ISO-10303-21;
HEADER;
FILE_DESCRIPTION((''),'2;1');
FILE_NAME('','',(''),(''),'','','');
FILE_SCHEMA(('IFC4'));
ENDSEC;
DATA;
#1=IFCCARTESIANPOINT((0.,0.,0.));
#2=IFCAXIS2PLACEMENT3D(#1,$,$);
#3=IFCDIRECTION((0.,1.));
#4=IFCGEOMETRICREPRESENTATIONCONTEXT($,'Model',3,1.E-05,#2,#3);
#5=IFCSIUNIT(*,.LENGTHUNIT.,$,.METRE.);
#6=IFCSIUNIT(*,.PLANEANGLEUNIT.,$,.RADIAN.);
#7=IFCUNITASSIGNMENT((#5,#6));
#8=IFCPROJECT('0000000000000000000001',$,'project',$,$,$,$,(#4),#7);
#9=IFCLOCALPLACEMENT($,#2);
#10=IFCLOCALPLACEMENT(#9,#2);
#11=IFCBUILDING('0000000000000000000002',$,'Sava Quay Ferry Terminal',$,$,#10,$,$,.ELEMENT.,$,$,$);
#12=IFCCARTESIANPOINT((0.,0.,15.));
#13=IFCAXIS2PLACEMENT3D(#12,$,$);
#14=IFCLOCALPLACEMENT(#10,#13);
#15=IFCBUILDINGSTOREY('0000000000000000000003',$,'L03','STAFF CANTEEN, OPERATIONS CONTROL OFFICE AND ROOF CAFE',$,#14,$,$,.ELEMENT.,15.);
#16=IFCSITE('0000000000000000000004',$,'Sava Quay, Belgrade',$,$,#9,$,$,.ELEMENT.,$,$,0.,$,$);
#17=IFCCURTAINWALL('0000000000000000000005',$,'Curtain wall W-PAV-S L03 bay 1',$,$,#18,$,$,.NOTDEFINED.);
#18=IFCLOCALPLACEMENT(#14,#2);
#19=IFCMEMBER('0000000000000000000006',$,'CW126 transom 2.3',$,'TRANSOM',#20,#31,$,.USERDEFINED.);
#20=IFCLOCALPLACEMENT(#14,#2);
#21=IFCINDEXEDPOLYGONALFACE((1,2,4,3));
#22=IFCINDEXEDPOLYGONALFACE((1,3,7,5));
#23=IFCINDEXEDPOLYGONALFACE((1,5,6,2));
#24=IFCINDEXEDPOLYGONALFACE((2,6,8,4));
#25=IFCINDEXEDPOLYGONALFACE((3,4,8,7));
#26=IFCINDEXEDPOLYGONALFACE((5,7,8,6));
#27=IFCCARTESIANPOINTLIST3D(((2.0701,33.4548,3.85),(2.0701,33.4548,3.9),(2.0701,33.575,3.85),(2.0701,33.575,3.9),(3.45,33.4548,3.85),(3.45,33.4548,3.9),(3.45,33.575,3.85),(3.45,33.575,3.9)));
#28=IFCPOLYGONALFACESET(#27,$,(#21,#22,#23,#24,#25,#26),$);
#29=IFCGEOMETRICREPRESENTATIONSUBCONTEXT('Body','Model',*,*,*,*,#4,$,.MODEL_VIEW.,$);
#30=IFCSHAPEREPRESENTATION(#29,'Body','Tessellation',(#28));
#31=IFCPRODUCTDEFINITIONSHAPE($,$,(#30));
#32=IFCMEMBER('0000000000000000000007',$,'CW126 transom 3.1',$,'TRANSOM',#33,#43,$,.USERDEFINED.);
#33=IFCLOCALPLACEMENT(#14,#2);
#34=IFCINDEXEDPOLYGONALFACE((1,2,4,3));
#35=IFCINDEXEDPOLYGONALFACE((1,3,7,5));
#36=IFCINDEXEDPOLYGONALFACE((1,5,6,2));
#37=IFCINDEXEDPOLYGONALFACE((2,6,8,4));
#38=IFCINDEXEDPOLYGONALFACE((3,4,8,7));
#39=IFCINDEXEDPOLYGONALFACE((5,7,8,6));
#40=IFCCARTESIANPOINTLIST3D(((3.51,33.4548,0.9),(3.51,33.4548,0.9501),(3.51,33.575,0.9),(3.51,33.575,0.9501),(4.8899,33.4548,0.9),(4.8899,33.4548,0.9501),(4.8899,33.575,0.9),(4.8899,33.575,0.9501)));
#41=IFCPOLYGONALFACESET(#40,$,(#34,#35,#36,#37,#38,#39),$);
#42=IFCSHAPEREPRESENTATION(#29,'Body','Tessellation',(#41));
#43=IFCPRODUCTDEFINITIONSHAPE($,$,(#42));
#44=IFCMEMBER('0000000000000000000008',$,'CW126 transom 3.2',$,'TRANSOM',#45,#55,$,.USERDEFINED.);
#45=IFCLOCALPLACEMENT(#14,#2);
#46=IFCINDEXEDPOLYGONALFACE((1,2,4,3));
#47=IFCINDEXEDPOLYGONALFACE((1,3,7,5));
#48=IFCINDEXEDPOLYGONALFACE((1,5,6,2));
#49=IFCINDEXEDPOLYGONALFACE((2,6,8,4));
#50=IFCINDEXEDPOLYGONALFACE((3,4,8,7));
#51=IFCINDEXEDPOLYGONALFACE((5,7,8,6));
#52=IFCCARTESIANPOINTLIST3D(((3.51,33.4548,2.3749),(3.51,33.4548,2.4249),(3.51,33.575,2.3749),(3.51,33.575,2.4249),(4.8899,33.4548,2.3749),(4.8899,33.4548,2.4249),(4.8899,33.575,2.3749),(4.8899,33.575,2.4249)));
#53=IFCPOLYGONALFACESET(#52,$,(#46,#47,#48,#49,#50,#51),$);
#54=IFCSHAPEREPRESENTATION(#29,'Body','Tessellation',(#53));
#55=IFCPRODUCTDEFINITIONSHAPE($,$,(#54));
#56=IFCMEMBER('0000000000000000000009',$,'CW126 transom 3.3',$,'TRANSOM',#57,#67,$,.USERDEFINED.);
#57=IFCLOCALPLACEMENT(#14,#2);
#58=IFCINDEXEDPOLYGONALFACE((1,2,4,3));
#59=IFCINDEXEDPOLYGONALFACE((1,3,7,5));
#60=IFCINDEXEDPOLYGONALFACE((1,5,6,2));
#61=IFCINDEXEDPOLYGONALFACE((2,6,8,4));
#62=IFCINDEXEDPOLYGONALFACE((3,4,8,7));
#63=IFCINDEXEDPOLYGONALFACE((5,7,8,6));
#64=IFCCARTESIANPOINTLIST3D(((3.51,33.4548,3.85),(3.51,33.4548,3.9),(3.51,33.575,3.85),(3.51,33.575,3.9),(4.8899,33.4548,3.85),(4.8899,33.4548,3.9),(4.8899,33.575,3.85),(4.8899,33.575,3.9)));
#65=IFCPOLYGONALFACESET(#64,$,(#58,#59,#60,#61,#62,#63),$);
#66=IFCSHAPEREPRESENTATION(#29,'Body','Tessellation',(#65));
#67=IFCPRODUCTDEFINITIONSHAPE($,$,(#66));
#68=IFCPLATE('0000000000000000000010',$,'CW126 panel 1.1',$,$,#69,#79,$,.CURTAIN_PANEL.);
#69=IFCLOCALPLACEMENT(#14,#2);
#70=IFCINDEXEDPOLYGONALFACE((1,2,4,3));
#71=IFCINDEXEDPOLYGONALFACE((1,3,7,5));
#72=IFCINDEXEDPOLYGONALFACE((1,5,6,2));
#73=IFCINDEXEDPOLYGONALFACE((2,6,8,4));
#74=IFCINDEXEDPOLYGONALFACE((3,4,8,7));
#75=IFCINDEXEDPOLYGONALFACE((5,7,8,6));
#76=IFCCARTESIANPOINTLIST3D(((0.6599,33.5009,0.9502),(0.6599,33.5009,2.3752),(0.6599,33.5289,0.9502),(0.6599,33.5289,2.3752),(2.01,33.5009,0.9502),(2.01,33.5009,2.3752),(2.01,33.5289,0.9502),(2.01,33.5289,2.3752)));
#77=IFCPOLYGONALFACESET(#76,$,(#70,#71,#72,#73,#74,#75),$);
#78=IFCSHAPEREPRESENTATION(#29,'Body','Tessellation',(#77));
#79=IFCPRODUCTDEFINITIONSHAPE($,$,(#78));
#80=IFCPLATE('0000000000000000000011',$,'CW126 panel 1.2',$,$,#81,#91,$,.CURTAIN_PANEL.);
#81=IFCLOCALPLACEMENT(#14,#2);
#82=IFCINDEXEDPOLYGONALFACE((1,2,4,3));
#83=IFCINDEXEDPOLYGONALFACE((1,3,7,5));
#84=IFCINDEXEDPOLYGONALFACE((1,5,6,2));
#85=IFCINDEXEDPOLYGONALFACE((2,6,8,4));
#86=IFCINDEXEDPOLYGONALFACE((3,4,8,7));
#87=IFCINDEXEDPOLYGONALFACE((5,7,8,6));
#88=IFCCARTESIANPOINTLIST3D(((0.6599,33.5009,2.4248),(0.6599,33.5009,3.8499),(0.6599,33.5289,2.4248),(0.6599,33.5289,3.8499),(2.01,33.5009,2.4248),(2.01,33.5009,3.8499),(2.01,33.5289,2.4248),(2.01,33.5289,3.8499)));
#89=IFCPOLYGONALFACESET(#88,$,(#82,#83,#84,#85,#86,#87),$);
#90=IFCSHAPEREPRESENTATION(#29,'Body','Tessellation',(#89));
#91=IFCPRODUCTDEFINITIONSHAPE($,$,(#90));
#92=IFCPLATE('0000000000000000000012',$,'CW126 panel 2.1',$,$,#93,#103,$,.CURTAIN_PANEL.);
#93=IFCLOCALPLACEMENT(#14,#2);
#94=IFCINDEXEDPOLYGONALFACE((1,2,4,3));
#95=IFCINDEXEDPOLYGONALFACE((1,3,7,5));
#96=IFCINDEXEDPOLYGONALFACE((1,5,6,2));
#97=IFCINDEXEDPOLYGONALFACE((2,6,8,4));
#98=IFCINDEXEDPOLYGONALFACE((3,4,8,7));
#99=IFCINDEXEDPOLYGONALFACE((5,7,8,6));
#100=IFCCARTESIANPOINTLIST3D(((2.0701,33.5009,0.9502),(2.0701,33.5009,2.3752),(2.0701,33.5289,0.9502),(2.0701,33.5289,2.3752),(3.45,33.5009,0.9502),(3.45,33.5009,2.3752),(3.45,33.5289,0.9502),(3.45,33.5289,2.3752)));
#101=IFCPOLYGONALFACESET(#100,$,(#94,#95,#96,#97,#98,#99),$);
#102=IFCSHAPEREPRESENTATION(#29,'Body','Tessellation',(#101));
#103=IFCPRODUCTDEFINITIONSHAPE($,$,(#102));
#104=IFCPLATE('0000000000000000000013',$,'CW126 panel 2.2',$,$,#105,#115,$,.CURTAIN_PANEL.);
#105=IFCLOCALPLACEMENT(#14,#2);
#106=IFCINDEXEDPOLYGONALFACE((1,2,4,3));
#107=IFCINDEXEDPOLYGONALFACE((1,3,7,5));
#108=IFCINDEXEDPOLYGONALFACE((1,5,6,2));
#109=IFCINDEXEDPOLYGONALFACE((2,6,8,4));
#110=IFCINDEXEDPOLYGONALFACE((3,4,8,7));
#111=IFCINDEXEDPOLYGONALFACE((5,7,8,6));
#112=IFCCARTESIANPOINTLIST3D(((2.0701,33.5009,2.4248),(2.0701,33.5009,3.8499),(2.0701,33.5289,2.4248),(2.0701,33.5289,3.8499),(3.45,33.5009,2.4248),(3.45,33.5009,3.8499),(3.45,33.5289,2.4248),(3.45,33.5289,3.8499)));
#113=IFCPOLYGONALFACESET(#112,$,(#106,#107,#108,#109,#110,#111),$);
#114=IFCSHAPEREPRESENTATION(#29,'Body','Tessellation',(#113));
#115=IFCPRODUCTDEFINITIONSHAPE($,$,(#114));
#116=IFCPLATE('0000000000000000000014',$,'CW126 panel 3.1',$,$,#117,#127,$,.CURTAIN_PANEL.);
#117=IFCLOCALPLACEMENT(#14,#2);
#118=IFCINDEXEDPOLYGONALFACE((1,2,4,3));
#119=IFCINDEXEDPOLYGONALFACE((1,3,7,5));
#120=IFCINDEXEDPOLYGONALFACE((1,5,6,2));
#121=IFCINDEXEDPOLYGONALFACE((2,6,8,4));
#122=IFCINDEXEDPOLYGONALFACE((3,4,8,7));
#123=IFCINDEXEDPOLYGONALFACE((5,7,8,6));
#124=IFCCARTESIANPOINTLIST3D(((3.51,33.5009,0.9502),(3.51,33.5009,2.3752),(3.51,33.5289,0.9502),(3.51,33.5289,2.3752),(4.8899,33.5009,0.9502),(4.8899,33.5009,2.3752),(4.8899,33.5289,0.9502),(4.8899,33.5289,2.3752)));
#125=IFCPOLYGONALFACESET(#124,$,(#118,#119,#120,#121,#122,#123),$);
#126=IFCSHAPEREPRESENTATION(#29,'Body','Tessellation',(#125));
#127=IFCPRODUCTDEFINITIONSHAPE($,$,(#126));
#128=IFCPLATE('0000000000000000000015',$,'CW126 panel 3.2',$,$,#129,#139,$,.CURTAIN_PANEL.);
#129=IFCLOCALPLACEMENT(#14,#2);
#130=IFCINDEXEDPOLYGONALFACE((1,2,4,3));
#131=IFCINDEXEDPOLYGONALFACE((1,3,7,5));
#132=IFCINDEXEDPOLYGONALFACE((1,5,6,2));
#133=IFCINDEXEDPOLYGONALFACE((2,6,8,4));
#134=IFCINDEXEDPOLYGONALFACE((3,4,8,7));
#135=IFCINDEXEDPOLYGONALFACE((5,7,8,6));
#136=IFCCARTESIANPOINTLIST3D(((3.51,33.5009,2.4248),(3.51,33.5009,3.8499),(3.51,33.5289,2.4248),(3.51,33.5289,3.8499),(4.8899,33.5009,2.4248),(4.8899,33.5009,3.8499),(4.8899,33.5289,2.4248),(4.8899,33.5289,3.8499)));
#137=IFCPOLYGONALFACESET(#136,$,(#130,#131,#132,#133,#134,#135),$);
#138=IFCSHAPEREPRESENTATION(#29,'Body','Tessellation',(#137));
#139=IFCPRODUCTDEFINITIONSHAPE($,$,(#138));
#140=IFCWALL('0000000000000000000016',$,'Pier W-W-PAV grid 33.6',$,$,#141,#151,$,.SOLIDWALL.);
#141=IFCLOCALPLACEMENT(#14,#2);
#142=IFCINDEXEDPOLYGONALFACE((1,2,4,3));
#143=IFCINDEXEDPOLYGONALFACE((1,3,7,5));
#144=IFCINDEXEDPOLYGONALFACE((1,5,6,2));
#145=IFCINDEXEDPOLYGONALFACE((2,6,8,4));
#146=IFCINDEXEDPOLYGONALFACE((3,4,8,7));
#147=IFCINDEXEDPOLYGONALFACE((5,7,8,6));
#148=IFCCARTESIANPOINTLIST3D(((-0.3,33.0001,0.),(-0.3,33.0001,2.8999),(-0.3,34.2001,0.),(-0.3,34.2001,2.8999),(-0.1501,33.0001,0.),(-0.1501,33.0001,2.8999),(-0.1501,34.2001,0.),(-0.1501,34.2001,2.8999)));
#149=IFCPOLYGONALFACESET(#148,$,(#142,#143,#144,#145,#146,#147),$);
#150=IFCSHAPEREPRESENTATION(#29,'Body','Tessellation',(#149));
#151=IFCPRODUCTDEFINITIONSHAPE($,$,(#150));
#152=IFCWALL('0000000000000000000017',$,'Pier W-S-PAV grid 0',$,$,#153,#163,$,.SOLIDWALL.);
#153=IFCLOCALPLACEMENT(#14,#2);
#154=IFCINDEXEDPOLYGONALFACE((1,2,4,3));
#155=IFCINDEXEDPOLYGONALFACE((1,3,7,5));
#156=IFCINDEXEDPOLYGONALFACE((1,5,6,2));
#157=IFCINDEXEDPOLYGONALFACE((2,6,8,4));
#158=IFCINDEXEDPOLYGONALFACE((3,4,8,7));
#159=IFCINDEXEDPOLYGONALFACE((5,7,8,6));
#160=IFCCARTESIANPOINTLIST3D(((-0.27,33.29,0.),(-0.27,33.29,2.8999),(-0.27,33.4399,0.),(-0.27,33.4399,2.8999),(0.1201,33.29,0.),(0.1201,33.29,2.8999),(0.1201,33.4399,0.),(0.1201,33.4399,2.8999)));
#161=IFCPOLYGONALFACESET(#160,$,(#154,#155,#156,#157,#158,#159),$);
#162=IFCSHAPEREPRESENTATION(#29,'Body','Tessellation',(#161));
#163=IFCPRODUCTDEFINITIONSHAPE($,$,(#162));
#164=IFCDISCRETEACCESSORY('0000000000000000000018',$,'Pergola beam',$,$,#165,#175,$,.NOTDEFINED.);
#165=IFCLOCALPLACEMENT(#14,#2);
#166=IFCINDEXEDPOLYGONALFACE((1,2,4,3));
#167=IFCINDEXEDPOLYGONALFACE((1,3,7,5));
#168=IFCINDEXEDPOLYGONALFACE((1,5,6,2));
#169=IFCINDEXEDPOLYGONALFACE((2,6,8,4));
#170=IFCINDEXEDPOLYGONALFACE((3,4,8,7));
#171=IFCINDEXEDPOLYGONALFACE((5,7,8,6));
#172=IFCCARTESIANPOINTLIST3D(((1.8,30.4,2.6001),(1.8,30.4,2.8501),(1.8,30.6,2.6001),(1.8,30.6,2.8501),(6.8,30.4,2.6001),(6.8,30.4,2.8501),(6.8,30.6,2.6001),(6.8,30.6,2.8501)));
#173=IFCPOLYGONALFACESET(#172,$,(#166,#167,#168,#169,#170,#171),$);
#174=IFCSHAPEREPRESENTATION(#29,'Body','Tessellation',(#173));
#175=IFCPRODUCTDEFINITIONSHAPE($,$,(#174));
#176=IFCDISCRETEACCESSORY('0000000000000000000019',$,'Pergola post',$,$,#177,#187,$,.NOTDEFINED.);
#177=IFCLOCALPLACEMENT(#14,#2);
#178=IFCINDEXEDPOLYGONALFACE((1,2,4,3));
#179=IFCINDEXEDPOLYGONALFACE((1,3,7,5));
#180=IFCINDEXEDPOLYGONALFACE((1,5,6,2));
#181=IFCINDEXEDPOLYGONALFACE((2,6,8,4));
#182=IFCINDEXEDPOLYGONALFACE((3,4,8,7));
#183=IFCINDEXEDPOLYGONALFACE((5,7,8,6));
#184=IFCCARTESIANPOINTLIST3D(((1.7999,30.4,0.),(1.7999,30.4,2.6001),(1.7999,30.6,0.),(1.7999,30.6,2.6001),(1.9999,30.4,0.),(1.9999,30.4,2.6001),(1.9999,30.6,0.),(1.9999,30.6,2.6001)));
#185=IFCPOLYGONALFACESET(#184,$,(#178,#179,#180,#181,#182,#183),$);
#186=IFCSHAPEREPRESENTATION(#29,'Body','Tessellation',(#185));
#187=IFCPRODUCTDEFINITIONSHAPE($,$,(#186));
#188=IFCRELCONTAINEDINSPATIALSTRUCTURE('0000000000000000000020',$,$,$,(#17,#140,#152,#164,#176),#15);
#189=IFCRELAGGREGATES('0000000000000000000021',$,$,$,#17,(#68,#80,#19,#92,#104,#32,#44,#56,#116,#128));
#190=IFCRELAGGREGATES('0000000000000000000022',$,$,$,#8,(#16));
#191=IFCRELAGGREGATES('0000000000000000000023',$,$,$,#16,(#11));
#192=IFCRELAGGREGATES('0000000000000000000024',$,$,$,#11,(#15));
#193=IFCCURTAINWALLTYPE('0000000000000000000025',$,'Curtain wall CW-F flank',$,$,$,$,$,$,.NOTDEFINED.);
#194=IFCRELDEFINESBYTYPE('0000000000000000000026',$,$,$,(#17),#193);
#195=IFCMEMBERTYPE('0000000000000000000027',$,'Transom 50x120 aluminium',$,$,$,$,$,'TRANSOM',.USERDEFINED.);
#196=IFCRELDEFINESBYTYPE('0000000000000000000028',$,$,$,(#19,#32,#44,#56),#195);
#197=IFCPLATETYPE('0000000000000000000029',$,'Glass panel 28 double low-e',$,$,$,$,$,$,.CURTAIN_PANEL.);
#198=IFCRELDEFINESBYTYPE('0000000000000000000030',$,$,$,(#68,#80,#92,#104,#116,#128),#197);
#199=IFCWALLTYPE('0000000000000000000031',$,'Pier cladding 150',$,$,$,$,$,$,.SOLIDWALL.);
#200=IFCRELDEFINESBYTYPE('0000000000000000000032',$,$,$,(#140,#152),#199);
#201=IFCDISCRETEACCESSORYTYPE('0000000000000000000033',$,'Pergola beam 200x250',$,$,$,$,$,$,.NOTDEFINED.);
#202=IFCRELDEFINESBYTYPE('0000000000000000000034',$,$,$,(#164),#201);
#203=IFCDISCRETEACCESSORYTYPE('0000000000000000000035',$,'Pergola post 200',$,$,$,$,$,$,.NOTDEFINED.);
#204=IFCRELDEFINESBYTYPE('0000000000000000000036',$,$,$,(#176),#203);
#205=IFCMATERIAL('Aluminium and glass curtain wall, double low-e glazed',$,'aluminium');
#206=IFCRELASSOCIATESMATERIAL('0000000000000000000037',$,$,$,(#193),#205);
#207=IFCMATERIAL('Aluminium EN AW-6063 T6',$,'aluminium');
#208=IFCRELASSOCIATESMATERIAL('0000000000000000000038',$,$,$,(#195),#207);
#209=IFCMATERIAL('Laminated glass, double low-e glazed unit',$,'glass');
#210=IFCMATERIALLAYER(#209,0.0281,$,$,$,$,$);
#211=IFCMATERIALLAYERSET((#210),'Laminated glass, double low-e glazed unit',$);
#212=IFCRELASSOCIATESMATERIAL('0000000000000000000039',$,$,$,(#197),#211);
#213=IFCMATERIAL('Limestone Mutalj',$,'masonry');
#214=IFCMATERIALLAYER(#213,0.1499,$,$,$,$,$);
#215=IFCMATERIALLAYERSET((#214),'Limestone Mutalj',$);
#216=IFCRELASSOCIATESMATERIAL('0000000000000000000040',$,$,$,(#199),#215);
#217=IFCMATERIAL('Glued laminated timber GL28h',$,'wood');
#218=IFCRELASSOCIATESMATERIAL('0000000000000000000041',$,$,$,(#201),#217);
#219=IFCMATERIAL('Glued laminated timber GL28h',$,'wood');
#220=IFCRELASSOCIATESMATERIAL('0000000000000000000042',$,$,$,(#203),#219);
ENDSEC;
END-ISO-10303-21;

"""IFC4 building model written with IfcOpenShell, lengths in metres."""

from ifc_helpers import new_model, si_unit, direction, frame, frame_2d, origin, origin_2d, place, context, subcontext, project, spatial, rectangle, extrude, material, layer, layer_set, material_profile, profile_set, type_object, element, aggregate, save


model = new_model("IFC4")

# Units and contexts
model_context = context("Model", 3, precision=1e-05, world=origin(), true_north=direction((0.0, 1.0)))
body_context = subcontext(model_context, "Body", "Model", "MODEL_VIEW")
ifc_project = project(units=[si_unit("LENGTHUNIT", "METRE"), si_unit("PLANEANGLEUNIT", "RADIAN")], contexts=[model_context])

# Site, building, storey
site_placement = place(None, origin())
site = spatial("IfcSite", under=ifc_project, at=site_placement, Name="Sava Quay, Belgrade", CompositionType="ELEMENT", RefElevation=0.0)
building_placement = place(site_placement, origin())
building = spatial("IfcBuilding", under=site, at=building_placement, Name="Sava Quay Ferry Terminal", CompositionType="ELEMENT")
storey_placement = place(building_placement, frame((0.0, 0.0, 15.0)))
storey = spatial("IfcBuildingStorey", under=building, at=storey_placement, Name="L03", Description="STAFF CANTEEN, OPERATIONS CONTROL OFFICE AND ROOF CAFE", CompositionType="ELEMENT", Elevation=15.0)

# Curtain wall
ifc_material_1 = material(Name="Aluminium and glass curtain wall, double low-e glazed", Category="aluminium")
curtain_wall_type = type_object("IfcCurtainWallType", Name="Curtain wall CW-F flank", PredefinedType="NOTDEFINED", material=ifc_material_1)
curtain_wall_placement = place(storey_placement, origin())
curtain_wall = element("IfcCurtainWall", 1, at=curtain_wall_placement, inside=storey, type_object=curtain_wall_type, Name="Curtain wall W-PAV-S L03 bay 1", PredefinedType="NOTDEFINED")

# Members
ifc_material_2 = material(Name="Aluminium EN AW-6063 T6", Category="aluminium")
ifc_material_profile_1 = material_profile(ifc_material_2, rectangle(XDim=0.1201, YDim=0.05, at=origin_2d()), Name="Transom 50x120 aluminium")
ifc_profile_set_1 = profile_set([ifc_material_profile_1], Name="Aluminium EN AW-6063 T6")
member_type_1 = type_object("IfcMemberType", Name="Transom 50x120 aluminium", ElementType="TRANSOM", PredefinedType="USERDEFINED", material=ifc_profile_set_1)
member_1_placement = place(storey_placement, frame((2.0701, 33.5149, 3.875), z_axis=(1.0, 0.0, 0.0), x_axis=(0.0, 1.0, 0.0)))
member_1 = element("IfcMember", 2, at=member_1_placement, type_object=member_type_1, Name="CW126 transom 2.3", ObjectType="TRANSOM", PredefinedType="USERDEFINED", context=body_context, shape_type="SweptSolid", body=[
    extrude(rectangle(XDim=0.1201, YDim=0.05, at=origin_2d()), origin(), (0.0, 0.0, 1.0), 1.3799),
])
member_2_placement = place(storey_placement, frame((3.51, 33.5149, 0.925), z_axis=(1.0, 0.0, 0.0), x_axis=(0.0, 1.0, 0.0)))
member_2 = element("IfcMember", 3, at=member_2_placement, type_object=member_type_1, Name="CW126 transom 3.1", ObjectType="TRANSOM", PredefinedType="USERDEFINED", context=body_context, shape_type="SweptSolid", body=[
    extrude(rectangle(XDim=0.1201, YDim=0.05, at=origin_2d()), origin(), (0.0, 0.0, 1.0), 1.3799),
])
member_3_placement = place(storey_placement, frame((3.51, 33.5149, 2.3999), z_axis=(1.0, 0.0, 0.0), x_axis=(0.0, 1.0, 0.0)))
member_3 = element("IfcMember", 4, at=member_3_placement, type_object=member_type_1, Name="CW126 transom 3.2", ObjectType="TRANSOM", PredefinedType="USERDEFINED", context=body_context, shape_type="SweptSolid", body=[
    extrude(rectangle(XDim=0.1201, YDim=0.05, at=origin_2d()), origin(), (0.0, 0.0, 1.0), 1.3799),
])
member_4_placement = place(storey_placement, frame((3.51, 33.5149, 3.875), z_axis=(1.0, 0.0, 0.0), x_axis=(0.0, 1.0, 0.0)))
member_4 = element("IfcMember", 5, at=member_4_placement, type_object=member_type_1, Name="CW126 transom 3.3", ObjectType="TRANSOM", PredefinedType="USERDEFINED", context=body_context, shape_type="SweptSolid", body=[
    extrude(rectangle(XDim=0.1201, YDim=0.05, at=origin_2d()), origin(), (0.0, 0.0, 1.0), 1.3799),
])

# Plates
ifc_material_3 = material(Name="Laminated glass, double low-e glazed unit", Category="glass")
ifc_layer_1 = layer(ifc_material_3, 0.0281)
ifc_layer_set_1 = layer_set([ifc_layer_1], Name="Laminated glass, double low-e glazed unit")
plate_type = type_object("IfcPlateType", Name="Glass panel 28 double low-e", PredefinedType="CURTAIN_PANEL", material=ifc_layer_set_1)
plate_1_placement = place(storey_placement, frame((1.335, 33.5149, 0.9502), z_axis=(0.0, 0.0, 1.0), x_axis=(1.0, 0.0, 0.0)))
plate_1 = element("IfcPlate", 6, at=plate_1_placement, type_object=plate_type, Name="CW126 panel 1.1", PredefinedType="CURTAIN_PANEL", context=body_context, shape_type="SweptSolid", body=[
    extrude(rectangle(XDim=1.3501, YDim=0.0281, at=origin_2d()), origin(), (0.0, 0.0, 1.0), 1.425),
])
plate_2_placement = place(storey_placement, frame((1.335, 33.5149, 2.4248), z_axis=(0.0, 0.0, 1.0), x_axis=(1.0, 0.0, 0.0)))
plate_2 = element("IfcPlate", 7, at=plate_2_placement, type_object=plate_type, Name="CW126 panel 1.2", PredefinedType="CURTAIN_PANEL", context=body_context, shape_type="SweptSolid", body=[
    extrude(rectangle(XDim=1.3501, YDim=0.0281, at=origin_2d()), origin(), (0.0, 0.0, 1.0), 1.425),
])
plate_3_placement = place(storey_placement, frame((2.76, 33.5149, 0.9502), z_axis=(0.0, 0.0, 1.0), x_axis=(1.0, 0.0, 0.0)))
plate_3 = element("IfcPlate", 8, at=plate_3_placement, type_object=plate_type, Name="CW126 panel 2.1", PredefinedType="CURTAIN_PANEL", context=body_context, shape_type="SweptSolid", body=[
    extrude(rectangle(XDim=1.3799, YDim=0.0281, at=origin_2d()), origin(), (0.0, 0.0, 1.0), 1.425),
])
plate_4_placement = place(storey_placement, frame((2.76, 33.5149, 2.4248), z_axis=(0.0, 0.0, 1.0), x_axis=(1.0, 0.0, 0.0)))
plate_4 = element("IfcPlate", 9, at=plate_4_placement, type_object=plate_type, Name="CW126 panel 2.2", PredefinedType="CURTAIN_PANEL", context=body_context, shape_type="SweptSolid", body=[
    extrude(rectangle(XDim=1.3799, YDim=0.0281, at=origin_2d()), origin(), (0.0, 0.0, 1.0), 1.425),
])
plate_5_placement = place(storey_placement, frame((4.2, 33.5149, 0.9502), z_axis=(0.0, 0.0, 1.0), x_axis=(1.0, 0.0, 0.0)))
plate_5 = element("IfcPlate", 10, at=plate_5_placement, type_object=plate_type, Name="CW126 panel 3.1", PredefinedType="CURTAIN_PANEL", context=body_context, shape_type="SweptSolid", body=[
    extrude(rectangle(XDim=1.3799, YDim=0.0281, at=origin_2d()), origin(), (0.0, 0.0, 1.0), 1.425),
])
plate_6_placement = place(storey_placement, frame((4.2, 33.5149, 2.4248), z_axis=(0.0, 0.0, 1.0), x_axis=(1.0, 0.0, 0.0)))
plate_6 = element("IfcPlate", 11, at=plate_6_placement, type_object=plate_type, Name="CW126 panel 3.2", PredefinedType="CURTAIN_PANEL", context=body_context, shape_type="SweptSolid", body=[
    extrude(rectangle(XDim=1.3799, YDim=0.0281, at=origin_2d()), origin(), (0.0, 0.0, 1.0), 1.425),
])
aggregate(curtain_wall, [plate_1, plate_2, member_1, plate_3, plate_4, member_2, member_3, member_4, plate_5, plate_6])

# Walls
ifc_material_4 = material(Name="Limestone Mutalj", Category="masonry")
ifc_layer_2 = layer(ifc_material_4, 0.1499)
ifc_layer_set_2 = layer_set([ifc_layer_2], Name="Limestone Mutalj")
wall_type = type_object("IfcWallType", Name="Pier cladding 150", PredefinedType="SOLIDWALL", material=ifc_layer_set_2)
wall_1_placement = place(storey_placement, frame((-0.2251, 33.0, 0.0), z_axis=(0.0, 0.0, 1.0), x_axis=(0.0, 1.0, 0.0)))
element("IfcWall", 12, at=wall_1_placement, inside=storey, type_object=wall_type, Name="Pier W-W-PAV grid 33.6", PredefinedType="SOLIDWALL", context=body_context, shape_type="SweptSolid", body=[
    extrude(rectangle(XDim=1.2, YDim=0.1499, at=frame_2d((0.6001, 0.0))), origin(), (0.0, 0.0, 1.0), 2.8999),
])
wall_2_placement = place(storey_placement, frame((-0.27, 33.365, 0.0), z_axis=(0.0, 0.0, 1.0), x_axis=(1.0, 0.0, 0.0)))
element("IfcWall", 13, at=wall_2_placement, inside=storey, type_object=wall_type, Name="Pier W-S-PAV grid 0", PredefinedType="SOLIDWALL", context=body_context, shape_type="SweptSolid", body=[
    extrude(rectangle(XDim=0.3901, YDim=0.1499, at=frame_2d((0.1951, 0.0))), origin(), (0.0, 0.0, 1.0), 2.8999),
])

# Discrete accessories
ifc_material_5 = material(Name="Glued laminated timber GL28h", Category="wood")
discrete_accessory_type_1 = type_object("IfcDiscreteAccessoryType", Name="Pergola beam 200x250", PredefinedType="NOTDEFINED", material=ifc_material_5)
discrete_accessory_1_placement = place(storey_placement, frame((4.3, 30.5, 2.6001), z_axis=(0.0, 0.0, 1.0), x_axis=(1.0, 0.0, 0.0)))
element("IfcDiscreteAccessory", 14, at=discrete_accessory_1_placement, inside=storey, type_object=discrete_accessory_type_1, Name="Pergola beam", PredefinedType="NOTDEFINED", context=body_context, shape_type="SweptSolid", body=[
    extrude(rectangle(XDim=5.0, YDim=0.2, at=origin_2d()), origin(), (0.0, 0.0, 1.0), 0.25),
])
ifc_material_6 = material(Name="Glued laminated timber GL28h", Category="wood")
discrete_accessory_type_2 = type_object("IfcDiscreteAccessoryType", Name="Pergola post 200", PredefinedType="NOTDEFINED", material=ifc_material_6)
discrete_accessory_2_placement = place(storey_placement, frame((1.8999, 30.5, 0.0), z_axis=(0.0, 0.0, 1.0), x_axis=(1.0, 0.0, 0.0)))
element("IfcDiscreteAccessory", 15, at=discrete_accessory_2_placement, inside=storey, type_object=discrete_accessory_type_2, Name="Pergola post", PredefinedType="NOTDEFINED", context=body_context, shape_type="SweptSolid", body=[
    extrude(rectangle(XDim=0.2, YDim=0.2, at=origin_2d()), origin(), (0.0, 0.0, 1.0), 2.6001),
])

save(model, "model.ifc")
